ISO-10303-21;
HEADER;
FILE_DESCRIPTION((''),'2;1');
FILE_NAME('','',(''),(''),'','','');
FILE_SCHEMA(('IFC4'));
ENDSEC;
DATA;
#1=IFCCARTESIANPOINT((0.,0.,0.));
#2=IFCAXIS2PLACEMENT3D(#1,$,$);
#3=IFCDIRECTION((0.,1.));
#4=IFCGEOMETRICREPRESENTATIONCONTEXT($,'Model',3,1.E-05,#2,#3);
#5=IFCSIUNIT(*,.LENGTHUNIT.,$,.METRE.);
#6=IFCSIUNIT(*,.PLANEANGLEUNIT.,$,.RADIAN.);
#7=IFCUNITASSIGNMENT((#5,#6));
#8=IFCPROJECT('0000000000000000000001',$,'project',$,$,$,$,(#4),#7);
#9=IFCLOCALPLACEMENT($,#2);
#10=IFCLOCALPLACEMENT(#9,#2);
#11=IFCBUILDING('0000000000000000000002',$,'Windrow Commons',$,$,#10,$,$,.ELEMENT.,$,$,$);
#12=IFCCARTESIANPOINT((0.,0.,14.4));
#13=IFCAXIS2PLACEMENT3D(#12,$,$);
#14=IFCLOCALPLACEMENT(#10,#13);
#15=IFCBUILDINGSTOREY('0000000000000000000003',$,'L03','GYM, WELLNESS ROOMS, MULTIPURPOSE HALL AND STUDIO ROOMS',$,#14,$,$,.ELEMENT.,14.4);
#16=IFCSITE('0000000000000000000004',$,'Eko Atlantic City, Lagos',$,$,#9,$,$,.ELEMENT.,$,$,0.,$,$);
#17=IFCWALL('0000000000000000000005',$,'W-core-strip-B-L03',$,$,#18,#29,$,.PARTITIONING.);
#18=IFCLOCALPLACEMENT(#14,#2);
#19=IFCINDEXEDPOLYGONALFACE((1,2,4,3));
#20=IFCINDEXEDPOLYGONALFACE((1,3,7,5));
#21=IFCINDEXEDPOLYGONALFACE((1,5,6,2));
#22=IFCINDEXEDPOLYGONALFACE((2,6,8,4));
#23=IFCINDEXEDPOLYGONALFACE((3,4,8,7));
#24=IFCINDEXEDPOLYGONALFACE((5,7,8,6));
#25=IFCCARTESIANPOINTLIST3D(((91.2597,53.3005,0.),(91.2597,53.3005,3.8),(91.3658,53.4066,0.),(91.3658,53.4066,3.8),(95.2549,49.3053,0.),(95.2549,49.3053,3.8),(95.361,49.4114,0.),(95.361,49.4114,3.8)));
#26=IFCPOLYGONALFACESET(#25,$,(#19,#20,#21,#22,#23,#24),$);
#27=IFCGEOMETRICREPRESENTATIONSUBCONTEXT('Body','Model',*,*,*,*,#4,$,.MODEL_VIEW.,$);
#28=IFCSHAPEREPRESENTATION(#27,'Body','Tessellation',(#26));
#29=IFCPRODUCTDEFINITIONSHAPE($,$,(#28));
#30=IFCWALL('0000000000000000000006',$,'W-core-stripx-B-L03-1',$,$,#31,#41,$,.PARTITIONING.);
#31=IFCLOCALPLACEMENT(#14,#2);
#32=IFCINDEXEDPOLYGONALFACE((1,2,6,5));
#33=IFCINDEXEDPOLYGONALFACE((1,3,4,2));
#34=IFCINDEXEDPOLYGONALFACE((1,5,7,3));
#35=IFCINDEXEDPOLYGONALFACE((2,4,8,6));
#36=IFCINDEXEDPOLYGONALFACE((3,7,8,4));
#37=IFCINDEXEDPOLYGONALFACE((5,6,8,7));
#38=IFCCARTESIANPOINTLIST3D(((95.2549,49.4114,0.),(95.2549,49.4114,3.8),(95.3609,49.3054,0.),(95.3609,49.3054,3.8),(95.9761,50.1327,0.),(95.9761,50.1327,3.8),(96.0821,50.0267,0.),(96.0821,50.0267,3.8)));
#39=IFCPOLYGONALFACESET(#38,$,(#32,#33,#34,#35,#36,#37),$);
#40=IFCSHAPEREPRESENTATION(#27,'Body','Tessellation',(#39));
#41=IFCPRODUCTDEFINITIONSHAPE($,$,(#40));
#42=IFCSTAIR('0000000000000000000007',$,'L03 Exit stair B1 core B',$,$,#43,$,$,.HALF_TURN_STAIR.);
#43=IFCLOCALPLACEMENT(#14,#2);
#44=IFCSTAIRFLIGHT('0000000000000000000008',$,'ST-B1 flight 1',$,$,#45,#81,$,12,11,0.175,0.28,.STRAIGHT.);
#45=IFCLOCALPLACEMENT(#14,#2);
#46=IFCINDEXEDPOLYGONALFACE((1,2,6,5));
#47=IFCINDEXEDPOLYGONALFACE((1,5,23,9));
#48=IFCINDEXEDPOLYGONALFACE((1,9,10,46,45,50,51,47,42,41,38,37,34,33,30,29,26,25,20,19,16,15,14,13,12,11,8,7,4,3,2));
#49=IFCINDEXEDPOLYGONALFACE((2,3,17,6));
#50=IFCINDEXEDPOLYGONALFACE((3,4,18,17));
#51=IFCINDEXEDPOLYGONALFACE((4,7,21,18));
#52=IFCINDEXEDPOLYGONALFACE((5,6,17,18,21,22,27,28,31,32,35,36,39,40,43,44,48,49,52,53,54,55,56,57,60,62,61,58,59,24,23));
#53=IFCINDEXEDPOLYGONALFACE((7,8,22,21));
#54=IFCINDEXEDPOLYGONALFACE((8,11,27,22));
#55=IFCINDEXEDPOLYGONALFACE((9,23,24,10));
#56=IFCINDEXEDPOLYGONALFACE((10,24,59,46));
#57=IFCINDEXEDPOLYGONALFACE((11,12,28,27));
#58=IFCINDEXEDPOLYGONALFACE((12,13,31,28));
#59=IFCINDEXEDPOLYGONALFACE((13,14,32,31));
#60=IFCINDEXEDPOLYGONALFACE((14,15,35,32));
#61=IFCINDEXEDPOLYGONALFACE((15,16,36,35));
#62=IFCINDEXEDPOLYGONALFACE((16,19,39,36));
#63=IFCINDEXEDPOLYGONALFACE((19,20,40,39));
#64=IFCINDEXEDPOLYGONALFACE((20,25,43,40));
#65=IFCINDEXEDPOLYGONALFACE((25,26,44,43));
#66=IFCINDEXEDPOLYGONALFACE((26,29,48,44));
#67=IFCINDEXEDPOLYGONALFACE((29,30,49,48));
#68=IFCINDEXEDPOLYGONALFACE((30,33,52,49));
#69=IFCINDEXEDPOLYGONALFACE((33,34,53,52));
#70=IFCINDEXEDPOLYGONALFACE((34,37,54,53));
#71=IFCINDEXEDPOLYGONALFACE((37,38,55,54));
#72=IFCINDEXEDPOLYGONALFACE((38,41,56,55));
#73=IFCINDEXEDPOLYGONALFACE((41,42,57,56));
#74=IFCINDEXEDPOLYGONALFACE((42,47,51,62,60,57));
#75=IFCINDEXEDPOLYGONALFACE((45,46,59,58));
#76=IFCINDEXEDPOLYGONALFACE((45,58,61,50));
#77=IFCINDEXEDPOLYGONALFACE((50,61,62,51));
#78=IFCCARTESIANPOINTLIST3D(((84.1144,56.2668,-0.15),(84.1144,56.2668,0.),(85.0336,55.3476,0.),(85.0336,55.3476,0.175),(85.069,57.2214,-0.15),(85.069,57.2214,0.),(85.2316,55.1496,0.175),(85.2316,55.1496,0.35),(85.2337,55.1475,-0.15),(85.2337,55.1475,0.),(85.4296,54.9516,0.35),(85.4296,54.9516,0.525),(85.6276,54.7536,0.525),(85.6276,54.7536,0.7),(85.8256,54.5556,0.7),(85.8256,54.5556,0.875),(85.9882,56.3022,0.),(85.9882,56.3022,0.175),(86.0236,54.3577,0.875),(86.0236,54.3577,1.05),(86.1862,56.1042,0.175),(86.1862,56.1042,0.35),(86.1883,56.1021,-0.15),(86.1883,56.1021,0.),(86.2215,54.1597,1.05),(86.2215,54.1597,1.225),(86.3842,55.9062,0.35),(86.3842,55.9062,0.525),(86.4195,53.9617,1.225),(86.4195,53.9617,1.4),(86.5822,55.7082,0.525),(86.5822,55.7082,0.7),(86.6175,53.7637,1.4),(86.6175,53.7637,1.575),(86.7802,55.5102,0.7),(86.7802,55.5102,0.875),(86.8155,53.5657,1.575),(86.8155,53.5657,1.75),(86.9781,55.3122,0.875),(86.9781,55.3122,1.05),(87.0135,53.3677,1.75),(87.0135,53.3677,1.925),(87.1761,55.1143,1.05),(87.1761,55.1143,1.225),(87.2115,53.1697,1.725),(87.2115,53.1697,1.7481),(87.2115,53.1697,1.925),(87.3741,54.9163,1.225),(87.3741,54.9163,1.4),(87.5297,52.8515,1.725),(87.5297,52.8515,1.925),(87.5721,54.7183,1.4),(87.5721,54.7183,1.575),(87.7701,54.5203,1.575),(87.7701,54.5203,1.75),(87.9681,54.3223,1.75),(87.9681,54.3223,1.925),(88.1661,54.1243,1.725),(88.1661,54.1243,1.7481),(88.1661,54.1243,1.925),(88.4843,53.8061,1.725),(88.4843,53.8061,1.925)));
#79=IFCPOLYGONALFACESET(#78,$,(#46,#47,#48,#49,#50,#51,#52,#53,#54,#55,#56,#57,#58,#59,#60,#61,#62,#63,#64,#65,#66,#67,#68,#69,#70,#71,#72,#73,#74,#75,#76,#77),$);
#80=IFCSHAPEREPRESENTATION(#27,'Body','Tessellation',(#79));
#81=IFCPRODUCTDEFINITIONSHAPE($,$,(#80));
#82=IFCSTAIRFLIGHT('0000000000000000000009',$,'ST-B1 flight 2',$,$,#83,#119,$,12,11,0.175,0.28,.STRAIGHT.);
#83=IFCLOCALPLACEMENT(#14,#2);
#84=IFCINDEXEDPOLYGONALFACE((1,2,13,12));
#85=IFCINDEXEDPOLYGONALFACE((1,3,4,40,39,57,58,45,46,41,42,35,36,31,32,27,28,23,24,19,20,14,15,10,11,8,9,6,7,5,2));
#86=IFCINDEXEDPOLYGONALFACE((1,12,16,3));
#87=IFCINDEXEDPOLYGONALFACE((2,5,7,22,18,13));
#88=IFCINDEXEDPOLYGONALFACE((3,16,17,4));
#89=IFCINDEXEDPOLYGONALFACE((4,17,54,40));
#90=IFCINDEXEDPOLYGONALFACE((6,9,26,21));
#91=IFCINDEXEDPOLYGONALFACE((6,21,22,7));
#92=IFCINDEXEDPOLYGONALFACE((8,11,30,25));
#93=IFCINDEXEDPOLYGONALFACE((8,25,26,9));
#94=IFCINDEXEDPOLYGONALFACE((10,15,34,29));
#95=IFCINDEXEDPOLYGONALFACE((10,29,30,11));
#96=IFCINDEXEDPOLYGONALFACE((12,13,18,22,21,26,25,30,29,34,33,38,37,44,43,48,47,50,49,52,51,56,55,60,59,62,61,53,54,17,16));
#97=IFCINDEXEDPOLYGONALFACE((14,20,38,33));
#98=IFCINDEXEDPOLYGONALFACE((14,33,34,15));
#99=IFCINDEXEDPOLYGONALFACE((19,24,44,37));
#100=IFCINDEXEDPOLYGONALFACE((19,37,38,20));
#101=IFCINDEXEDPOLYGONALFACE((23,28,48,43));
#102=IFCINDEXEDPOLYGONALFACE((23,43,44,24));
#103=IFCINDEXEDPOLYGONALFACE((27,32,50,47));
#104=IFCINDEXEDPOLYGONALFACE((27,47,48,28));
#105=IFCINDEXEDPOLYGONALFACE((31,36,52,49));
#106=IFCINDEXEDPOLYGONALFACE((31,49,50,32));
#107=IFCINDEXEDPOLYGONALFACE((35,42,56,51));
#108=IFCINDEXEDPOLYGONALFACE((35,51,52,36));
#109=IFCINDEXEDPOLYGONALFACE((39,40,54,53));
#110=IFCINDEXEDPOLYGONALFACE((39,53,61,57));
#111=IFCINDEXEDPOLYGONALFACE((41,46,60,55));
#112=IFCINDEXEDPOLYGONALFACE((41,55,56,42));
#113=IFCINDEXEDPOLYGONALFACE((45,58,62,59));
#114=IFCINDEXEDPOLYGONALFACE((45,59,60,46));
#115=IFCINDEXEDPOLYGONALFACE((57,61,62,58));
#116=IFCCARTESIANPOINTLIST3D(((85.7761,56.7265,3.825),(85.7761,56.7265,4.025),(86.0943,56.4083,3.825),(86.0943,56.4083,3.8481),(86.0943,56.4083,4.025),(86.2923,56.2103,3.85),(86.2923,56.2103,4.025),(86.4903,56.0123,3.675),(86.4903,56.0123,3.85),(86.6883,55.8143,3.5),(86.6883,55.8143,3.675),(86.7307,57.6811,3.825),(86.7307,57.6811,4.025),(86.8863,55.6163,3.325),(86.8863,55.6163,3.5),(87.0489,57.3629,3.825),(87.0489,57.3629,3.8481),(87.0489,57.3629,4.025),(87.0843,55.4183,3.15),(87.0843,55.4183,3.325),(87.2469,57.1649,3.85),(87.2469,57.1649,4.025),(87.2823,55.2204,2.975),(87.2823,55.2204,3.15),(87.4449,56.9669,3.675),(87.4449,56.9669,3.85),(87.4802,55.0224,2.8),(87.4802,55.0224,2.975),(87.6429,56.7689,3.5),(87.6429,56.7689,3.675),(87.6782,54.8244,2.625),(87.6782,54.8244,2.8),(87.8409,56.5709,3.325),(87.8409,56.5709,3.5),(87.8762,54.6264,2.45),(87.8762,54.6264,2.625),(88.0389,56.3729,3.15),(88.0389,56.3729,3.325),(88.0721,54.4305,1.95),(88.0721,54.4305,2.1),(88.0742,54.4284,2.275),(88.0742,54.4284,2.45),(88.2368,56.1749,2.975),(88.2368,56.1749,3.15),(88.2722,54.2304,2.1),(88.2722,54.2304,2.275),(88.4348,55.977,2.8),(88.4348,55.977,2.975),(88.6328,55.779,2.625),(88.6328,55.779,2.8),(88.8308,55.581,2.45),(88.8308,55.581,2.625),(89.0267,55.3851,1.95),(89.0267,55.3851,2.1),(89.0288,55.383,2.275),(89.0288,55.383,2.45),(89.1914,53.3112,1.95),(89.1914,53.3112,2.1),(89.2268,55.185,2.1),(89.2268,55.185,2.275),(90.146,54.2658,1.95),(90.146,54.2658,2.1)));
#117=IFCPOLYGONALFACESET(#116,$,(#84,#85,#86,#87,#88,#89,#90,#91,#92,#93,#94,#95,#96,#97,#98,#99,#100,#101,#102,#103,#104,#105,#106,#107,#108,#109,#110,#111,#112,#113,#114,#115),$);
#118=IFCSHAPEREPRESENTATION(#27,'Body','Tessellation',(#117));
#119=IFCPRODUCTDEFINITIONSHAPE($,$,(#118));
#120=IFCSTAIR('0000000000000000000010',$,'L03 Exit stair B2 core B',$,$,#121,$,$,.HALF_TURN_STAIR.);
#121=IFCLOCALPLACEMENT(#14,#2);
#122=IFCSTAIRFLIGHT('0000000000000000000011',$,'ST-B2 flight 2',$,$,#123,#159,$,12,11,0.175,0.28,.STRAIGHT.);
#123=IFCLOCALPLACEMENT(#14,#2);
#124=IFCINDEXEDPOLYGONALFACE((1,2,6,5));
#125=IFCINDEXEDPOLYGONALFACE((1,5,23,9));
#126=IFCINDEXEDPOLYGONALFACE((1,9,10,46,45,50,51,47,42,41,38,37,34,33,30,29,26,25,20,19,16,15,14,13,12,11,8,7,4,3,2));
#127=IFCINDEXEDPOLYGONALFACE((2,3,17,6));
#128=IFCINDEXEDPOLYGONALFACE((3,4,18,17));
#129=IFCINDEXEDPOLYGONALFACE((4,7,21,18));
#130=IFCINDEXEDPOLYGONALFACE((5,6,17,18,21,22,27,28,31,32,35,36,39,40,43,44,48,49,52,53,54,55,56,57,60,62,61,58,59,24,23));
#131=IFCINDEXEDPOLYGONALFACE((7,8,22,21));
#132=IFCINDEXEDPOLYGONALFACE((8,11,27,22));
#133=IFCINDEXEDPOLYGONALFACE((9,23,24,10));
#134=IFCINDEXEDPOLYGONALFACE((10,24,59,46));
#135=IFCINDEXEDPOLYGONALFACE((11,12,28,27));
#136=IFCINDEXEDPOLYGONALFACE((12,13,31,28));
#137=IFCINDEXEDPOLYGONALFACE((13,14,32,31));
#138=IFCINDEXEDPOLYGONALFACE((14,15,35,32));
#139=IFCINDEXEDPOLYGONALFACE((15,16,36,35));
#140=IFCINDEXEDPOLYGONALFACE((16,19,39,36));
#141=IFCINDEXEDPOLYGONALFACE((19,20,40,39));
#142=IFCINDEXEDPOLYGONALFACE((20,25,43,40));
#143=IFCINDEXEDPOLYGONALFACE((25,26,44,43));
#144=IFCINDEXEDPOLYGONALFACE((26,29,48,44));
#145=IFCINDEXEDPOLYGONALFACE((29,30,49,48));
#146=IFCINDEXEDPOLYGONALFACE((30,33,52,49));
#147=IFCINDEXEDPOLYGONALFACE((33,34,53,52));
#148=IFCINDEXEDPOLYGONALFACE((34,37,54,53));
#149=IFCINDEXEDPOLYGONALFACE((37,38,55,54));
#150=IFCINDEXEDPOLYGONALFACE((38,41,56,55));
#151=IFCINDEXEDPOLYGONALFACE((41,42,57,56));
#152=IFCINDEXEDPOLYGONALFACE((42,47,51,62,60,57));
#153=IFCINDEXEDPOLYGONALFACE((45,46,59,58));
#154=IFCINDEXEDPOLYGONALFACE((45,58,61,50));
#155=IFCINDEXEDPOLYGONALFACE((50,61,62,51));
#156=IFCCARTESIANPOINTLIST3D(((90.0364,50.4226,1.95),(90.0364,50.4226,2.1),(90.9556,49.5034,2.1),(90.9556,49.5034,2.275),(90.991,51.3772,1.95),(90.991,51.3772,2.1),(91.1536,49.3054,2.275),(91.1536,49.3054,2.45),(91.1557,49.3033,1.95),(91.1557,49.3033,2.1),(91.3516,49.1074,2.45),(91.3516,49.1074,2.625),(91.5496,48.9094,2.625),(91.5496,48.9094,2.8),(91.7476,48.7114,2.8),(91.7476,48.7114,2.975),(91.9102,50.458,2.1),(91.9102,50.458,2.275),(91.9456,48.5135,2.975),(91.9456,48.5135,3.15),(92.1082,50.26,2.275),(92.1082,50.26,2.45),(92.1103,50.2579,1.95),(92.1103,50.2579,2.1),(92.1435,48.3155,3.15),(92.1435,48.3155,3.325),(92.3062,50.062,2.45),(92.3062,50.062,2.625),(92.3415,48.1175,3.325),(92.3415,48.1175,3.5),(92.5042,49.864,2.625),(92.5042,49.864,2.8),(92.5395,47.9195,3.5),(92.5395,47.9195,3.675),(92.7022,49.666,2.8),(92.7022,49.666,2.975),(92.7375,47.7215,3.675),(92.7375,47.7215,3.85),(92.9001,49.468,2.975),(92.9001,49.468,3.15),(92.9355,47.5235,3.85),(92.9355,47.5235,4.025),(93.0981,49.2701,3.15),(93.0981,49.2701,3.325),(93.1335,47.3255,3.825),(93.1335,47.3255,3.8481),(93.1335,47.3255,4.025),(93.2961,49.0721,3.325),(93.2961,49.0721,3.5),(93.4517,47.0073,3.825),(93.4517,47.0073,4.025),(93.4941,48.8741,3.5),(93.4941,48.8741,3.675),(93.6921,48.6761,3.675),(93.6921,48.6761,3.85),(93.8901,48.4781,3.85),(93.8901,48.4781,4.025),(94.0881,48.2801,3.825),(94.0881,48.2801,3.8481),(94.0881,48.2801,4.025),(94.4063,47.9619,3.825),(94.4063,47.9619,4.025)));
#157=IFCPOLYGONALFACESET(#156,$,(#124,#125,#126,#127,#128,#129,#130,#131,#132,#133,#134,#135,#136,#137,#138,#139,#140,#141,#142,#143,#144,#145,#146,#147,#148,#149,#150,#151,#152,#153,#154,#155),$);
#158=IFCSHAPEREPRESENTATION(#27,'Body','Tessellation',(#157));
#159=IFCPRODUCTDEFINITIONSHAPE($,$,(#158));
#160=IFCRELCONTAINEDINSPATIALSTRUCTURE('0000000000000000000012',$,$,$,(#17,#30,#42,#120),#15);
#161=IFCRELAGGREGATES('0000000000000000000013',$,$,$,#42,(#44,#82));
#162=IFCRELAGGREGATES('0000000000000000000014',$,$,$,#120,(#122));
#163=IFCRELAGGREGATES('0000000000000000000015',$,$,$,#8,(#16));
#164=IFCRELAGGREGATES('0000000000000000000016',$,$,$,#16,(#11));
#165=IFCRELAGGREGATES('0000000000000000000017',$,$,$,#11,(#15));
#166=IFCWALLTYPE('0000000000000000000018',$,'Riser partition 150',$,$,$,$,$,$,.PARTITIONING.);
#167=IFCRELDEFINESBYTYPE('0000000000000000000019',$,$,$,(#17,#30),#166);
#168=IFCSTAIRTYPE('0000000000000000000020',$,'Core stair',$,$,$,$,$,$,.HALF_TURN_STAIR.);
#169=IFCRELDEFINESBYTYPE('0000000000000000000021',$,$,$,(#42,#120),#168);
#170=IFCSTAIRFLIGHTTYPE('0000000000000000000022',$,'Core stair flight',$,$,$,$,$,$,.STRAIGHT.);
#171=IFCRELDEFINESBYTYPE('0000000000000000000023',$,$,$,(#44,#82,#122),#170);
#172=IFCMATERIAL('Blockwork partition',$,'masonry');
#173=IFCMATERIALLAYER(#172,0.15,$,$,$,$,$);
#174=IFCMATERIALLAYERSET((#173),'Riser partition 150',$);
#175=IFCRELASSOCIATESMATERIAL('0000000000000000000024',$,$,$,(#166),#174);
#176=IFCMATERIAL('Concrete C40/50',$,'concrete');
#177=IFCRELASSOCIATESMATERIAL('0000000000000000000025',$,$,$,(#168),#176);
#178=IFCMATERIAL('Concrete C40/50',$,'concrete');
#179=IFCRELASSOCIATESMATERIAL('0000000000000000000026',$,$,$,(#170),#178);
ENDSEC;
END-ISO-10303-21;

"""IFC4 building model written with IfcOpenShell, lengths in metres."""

from ifc_helpers import new_model, si_unit, direction, frame, frame_2d, origin, place, context, subcontext, project, spatial, polyline, rectangle, outline, extrude, material, layer, layer_set, type_object, element, aggregate, save


model = new_model("IFC4")

# Units and contexts
model_context = context("Model", 3, precision=1e-05, world=origin(), true_north=direction((0.0, 1.0)))
body_context = subcontext(model_context, "Body", "Model", "MODEL_VIEW")
ifc_project = project(units=[si_unit("LENGTHUNIT", "METRE"), si_unit("PLANEANGLEUNIT", "RADIAN")], contexts=[model_context])

# Site, building, storey
site_placement = place(None, origin())
site = spatial("IfcSite", under=ifc_project, at=site_placement, Name="Eko Atlantic City, Lagos", CompositionType="ELEMENT", RefElevation=0.0)
building_placement = place(site_placement, origin())
building = spatial("IfcBuilding", under=site, at=building_placement, Name="Windrow Commons", CompositionType="ELEMENT")
storey_placement = place(building_placement, frame((0.0, 0.0, 14.4)))
storey = spatial("IfcBuildingStorey", under=building, at=storey_placement, Name="L03", Description="GYM, WELLNESS ROOMS, MULTIPURPOSE HALL AND STUDIO ROOMS", CompositionType="ELEMENT", Elevation=14.4)

# Walls
ifc_material_1 = material(Name="Blockwork partition", Category="masonry")
ifc_layer_1 = layer(ifc_material_1, 0.15)
ifc_layer_set_1 = layer_set([ifc_layer_1], Name="Riser partition 150")
wall_type_1 = type_object("IfcWallType", Name="Riser partition 150", PredefinedType="PARTITIONING", material=ifc_layer_set_1)
wall_1_placement = place(storey_placement, frame((91.3127, 53.3536, 0.0), z_axis=(0.0, 0.0, 1.0), x_axis=(0.707107, -0.707107, 0.0)))
element("IfcWall", 1, at=wall_1_placement, inside=storey, type_object=wall_type_1, Name="W-core-strip-B-L03", PredefinedType="PARTITIONING", context=body_context, shape_type="SweptSolid", body=[
    extrude(rectangle(XDim=5.6501, YDim=0.15, at=frame_2d((2.8251, 0.0))), origin(), (0.0, 0.0, 1.0), 3.8),
])
wall_2_placement = place(storey_placement, frame((95.3079, 49.3584, 0.0), z_axis=(0.0, 0.0, 1.0), x_axis=(0.707058, 0.707156, 0.0)))
element("IfcWall", 2, at=wall_2_placement, inside=storey, type_object=wall_type_1, Name="W-core-stripx-B-L03-1", PredefinedType="PARTITIONING", context=body_context, shape_type="SweptSolid", body=[
    extrude(rectangle(XDim=1.02, YDim=0.15, at=frame_2d((0.51, 0.0))), origin(), (0.0, 0.0, 1.0), 3.8),
])

# Stair, stair flights
ifc_material_2 = material(Name="Concrete C40/50", Category="concrete")
stair_type = type_object("IfcStairType", Name="Core stair", PredefinedType="HALF_TURN_STAIR", material=ifc_material_2)
placement = place(storey_placement, origin())
stair_1 = element("IfcStair", 3, at=placement, inside=storey, type_object=stair_type, Name="L03 Exit stair B1 core B", PredefinedType="HALF_TURN_STAIR")
ifc_material_3 = material(Name="Concrete C40/50", Category="concrete")
stair_flight_type = type_object("IfcStairFlightType", Name="Core stair flight", PredefinedType="STRAIGHT", material=ifc_material_3)
stair_flight_1_placement = place(storey_placement, frame((85.5109, 55.8249, 0.0), z_axis=(0.0, 0.0, 1.0), x_axis=(0.707107, -0.707107, 0.0)))
stair_flight_1 = element("IfcStairFlight", 4, at=stair_flight_1_placement, type_object=stair_flight_type, Name="ST-B1 flight 1", NumberOfRisers=12, NumberOfTreads=11, PredefinedType="STRAIGHT", RiserHeight=0.175, TreadLength=0.28, context=body_context, shape_type="SweptSolid", body=[
    extrude(outline(polyline([(-1.3, -0.15), (-1.3, 0.0), (0.0, 0.0), (0.0, 0.175), (0.28, 0.175), (0.28, 0.35), (0.56, 0.35), (0.56, 0.525), (0.84, 0.525), (0.84, 0.7), (1.12, 0.7), (1.12, 0.875), (1.4, 0.875), (1.4, 1.05), (1.68, 1.05), (1.68, 1.225), (1.96, 1.225), (1.96, 1.4), (2.24, 1.4), (2.24, 1.575), (2.52, 1.575), (2.52, 1.75), (2.8, 1.75), (2.8, 1.925), (3.08, 1.925), (3.53, 1.925), (3.53, 1.725), (3.08, 1.725), (3.08, 1.7481), (0.283, 0.0), (0.283, -0.15), (-1.3, -0.15)])), frame((0.0, 0.675, 0.0), z_axis=(0.0, -1.0, 0.0), x_axis=(1.0, 0.0, 0.0)), (0.0, 0.0, 1.0), 1.35),
])
stair_flight_2_placement = place(storey_placement, frame((88.7495, 54.7077, 2.1), z_axis=(0.0, 0.0, 1.0), x_axis=(-0.707107, 0.707107, 0.0)))
stair_flight_2 = element("IfcStairFlight", 5, at=stair_flight_2_placement, type_object=stair_flight_type, Name="ST-B1 flight 2", NumberOfRisers=12, NumberOfTreads=11, PredefinedType="STRAIGHT", RiserHeight=0.175, TreadLength=0.28, context=body_context, shape_type="SweptSolid", body=[
    extrude(outline(polyline([(-1.3, -0.15), (-1.3, 0.0), (0.0, 0.0), (0.0, 0.175), (0.28, 0.175), (0.28, 0.35), (0.56, 0.35), (0.56, 0.525), (0.84, 0.525), (0.84, 0.7), (1.12, 0.7), (1.12, 0.875), (1.4, 0.875), (1.4, 1.05), (1.68, 1.05), (1.68, 1.225), (1.96, 1.225), (1.96, 1.4), (2.24, 1.4), (2.24, 1.575), (2.52, 1.575), (2.52, 1.75), (2.8, 1.75), (2.8, 1.925), (3.08, 1.925), (3.53, 1.925), (3.53, 1.725), (3.08, 1.725), (3.08, 1.7481), (0.283, 0.0), (0.283, -0.15), (-1.3, -0.15)])), frame((0.0, 0.675, 0.0), z_axis=(0.0, -1.0, 0.0), x_axis=(1.0, 0.0, 0.0)), (0.0, 0.0, 1.0), 1.35),
])
aggregate(stair_1, [stair_flight_1, stair_flight_2])

# Stair, stair flight
stair_2 = element("IfcStair", 6, at=placement, inside=storey, type_object=stair_type, Name="L03 Exit stair B2 core B", PredefinedType="HALF_TURN_STAIR")
stair_flight_3_placement = place(storey_placement, frame((91.4329, 49.9807, 2.1), z_axis=(0.0, 0.0, 1.0), x_axis=(0.707107, -0.707107, 0.0)))
stair_flight_3 = element("IfcStairFlight", 7, at=stair_flight_3_placement, type_object=stair_flight_type, Name="ST-B2 flight 2", NumberOfRisers=12, NumberOfTreads=11, PredefinedType="STRAIGHT", RiserHeight=0.175, TreadLength=0.28, context=body_context, shape_type="SweptSolid", body=[
    extrude(outline(polyline([(-1.3, -0.15), (-1.3, 0.0), (0.0, 0.0), (0.0, 0.175), (0.28, 0.175), (0.28, 0.35), (0.56, 0.35), (0.56, 0.525), (0.84, 0.525), (0.84, 0.7), (1.12, 0.7), (1.12, 0.875), (1.4, 0.875), (1.4, 1.05), (1.68, 1.05), (1.68, 1.225), (1.96, 1.225), (1.96, 1.4), (2.24, 1.4), (2.24, 1.575), (2.52, 1.575), (2.52, 1.75), (2.8, 1.75), (2.8, 1.925), (3.08, 1.925), (3.53, 1.925), (3.53, 1.725), (3.08, 1.725), (3.08, 1.7481), (0.283, 0.0), (0.283, -0.15), (-1.3, -0.15)])), frame((0.0, 0.675, 0.0), z_axis=(0.0, -1.0, 0.0), x_axis=(1.0, 0.0, 0.0)), (0.0, 0.0, 1.0), 1.35),
])
aggregate(stair_2, [stair_flight_3])

save(model, "model.ifc")
